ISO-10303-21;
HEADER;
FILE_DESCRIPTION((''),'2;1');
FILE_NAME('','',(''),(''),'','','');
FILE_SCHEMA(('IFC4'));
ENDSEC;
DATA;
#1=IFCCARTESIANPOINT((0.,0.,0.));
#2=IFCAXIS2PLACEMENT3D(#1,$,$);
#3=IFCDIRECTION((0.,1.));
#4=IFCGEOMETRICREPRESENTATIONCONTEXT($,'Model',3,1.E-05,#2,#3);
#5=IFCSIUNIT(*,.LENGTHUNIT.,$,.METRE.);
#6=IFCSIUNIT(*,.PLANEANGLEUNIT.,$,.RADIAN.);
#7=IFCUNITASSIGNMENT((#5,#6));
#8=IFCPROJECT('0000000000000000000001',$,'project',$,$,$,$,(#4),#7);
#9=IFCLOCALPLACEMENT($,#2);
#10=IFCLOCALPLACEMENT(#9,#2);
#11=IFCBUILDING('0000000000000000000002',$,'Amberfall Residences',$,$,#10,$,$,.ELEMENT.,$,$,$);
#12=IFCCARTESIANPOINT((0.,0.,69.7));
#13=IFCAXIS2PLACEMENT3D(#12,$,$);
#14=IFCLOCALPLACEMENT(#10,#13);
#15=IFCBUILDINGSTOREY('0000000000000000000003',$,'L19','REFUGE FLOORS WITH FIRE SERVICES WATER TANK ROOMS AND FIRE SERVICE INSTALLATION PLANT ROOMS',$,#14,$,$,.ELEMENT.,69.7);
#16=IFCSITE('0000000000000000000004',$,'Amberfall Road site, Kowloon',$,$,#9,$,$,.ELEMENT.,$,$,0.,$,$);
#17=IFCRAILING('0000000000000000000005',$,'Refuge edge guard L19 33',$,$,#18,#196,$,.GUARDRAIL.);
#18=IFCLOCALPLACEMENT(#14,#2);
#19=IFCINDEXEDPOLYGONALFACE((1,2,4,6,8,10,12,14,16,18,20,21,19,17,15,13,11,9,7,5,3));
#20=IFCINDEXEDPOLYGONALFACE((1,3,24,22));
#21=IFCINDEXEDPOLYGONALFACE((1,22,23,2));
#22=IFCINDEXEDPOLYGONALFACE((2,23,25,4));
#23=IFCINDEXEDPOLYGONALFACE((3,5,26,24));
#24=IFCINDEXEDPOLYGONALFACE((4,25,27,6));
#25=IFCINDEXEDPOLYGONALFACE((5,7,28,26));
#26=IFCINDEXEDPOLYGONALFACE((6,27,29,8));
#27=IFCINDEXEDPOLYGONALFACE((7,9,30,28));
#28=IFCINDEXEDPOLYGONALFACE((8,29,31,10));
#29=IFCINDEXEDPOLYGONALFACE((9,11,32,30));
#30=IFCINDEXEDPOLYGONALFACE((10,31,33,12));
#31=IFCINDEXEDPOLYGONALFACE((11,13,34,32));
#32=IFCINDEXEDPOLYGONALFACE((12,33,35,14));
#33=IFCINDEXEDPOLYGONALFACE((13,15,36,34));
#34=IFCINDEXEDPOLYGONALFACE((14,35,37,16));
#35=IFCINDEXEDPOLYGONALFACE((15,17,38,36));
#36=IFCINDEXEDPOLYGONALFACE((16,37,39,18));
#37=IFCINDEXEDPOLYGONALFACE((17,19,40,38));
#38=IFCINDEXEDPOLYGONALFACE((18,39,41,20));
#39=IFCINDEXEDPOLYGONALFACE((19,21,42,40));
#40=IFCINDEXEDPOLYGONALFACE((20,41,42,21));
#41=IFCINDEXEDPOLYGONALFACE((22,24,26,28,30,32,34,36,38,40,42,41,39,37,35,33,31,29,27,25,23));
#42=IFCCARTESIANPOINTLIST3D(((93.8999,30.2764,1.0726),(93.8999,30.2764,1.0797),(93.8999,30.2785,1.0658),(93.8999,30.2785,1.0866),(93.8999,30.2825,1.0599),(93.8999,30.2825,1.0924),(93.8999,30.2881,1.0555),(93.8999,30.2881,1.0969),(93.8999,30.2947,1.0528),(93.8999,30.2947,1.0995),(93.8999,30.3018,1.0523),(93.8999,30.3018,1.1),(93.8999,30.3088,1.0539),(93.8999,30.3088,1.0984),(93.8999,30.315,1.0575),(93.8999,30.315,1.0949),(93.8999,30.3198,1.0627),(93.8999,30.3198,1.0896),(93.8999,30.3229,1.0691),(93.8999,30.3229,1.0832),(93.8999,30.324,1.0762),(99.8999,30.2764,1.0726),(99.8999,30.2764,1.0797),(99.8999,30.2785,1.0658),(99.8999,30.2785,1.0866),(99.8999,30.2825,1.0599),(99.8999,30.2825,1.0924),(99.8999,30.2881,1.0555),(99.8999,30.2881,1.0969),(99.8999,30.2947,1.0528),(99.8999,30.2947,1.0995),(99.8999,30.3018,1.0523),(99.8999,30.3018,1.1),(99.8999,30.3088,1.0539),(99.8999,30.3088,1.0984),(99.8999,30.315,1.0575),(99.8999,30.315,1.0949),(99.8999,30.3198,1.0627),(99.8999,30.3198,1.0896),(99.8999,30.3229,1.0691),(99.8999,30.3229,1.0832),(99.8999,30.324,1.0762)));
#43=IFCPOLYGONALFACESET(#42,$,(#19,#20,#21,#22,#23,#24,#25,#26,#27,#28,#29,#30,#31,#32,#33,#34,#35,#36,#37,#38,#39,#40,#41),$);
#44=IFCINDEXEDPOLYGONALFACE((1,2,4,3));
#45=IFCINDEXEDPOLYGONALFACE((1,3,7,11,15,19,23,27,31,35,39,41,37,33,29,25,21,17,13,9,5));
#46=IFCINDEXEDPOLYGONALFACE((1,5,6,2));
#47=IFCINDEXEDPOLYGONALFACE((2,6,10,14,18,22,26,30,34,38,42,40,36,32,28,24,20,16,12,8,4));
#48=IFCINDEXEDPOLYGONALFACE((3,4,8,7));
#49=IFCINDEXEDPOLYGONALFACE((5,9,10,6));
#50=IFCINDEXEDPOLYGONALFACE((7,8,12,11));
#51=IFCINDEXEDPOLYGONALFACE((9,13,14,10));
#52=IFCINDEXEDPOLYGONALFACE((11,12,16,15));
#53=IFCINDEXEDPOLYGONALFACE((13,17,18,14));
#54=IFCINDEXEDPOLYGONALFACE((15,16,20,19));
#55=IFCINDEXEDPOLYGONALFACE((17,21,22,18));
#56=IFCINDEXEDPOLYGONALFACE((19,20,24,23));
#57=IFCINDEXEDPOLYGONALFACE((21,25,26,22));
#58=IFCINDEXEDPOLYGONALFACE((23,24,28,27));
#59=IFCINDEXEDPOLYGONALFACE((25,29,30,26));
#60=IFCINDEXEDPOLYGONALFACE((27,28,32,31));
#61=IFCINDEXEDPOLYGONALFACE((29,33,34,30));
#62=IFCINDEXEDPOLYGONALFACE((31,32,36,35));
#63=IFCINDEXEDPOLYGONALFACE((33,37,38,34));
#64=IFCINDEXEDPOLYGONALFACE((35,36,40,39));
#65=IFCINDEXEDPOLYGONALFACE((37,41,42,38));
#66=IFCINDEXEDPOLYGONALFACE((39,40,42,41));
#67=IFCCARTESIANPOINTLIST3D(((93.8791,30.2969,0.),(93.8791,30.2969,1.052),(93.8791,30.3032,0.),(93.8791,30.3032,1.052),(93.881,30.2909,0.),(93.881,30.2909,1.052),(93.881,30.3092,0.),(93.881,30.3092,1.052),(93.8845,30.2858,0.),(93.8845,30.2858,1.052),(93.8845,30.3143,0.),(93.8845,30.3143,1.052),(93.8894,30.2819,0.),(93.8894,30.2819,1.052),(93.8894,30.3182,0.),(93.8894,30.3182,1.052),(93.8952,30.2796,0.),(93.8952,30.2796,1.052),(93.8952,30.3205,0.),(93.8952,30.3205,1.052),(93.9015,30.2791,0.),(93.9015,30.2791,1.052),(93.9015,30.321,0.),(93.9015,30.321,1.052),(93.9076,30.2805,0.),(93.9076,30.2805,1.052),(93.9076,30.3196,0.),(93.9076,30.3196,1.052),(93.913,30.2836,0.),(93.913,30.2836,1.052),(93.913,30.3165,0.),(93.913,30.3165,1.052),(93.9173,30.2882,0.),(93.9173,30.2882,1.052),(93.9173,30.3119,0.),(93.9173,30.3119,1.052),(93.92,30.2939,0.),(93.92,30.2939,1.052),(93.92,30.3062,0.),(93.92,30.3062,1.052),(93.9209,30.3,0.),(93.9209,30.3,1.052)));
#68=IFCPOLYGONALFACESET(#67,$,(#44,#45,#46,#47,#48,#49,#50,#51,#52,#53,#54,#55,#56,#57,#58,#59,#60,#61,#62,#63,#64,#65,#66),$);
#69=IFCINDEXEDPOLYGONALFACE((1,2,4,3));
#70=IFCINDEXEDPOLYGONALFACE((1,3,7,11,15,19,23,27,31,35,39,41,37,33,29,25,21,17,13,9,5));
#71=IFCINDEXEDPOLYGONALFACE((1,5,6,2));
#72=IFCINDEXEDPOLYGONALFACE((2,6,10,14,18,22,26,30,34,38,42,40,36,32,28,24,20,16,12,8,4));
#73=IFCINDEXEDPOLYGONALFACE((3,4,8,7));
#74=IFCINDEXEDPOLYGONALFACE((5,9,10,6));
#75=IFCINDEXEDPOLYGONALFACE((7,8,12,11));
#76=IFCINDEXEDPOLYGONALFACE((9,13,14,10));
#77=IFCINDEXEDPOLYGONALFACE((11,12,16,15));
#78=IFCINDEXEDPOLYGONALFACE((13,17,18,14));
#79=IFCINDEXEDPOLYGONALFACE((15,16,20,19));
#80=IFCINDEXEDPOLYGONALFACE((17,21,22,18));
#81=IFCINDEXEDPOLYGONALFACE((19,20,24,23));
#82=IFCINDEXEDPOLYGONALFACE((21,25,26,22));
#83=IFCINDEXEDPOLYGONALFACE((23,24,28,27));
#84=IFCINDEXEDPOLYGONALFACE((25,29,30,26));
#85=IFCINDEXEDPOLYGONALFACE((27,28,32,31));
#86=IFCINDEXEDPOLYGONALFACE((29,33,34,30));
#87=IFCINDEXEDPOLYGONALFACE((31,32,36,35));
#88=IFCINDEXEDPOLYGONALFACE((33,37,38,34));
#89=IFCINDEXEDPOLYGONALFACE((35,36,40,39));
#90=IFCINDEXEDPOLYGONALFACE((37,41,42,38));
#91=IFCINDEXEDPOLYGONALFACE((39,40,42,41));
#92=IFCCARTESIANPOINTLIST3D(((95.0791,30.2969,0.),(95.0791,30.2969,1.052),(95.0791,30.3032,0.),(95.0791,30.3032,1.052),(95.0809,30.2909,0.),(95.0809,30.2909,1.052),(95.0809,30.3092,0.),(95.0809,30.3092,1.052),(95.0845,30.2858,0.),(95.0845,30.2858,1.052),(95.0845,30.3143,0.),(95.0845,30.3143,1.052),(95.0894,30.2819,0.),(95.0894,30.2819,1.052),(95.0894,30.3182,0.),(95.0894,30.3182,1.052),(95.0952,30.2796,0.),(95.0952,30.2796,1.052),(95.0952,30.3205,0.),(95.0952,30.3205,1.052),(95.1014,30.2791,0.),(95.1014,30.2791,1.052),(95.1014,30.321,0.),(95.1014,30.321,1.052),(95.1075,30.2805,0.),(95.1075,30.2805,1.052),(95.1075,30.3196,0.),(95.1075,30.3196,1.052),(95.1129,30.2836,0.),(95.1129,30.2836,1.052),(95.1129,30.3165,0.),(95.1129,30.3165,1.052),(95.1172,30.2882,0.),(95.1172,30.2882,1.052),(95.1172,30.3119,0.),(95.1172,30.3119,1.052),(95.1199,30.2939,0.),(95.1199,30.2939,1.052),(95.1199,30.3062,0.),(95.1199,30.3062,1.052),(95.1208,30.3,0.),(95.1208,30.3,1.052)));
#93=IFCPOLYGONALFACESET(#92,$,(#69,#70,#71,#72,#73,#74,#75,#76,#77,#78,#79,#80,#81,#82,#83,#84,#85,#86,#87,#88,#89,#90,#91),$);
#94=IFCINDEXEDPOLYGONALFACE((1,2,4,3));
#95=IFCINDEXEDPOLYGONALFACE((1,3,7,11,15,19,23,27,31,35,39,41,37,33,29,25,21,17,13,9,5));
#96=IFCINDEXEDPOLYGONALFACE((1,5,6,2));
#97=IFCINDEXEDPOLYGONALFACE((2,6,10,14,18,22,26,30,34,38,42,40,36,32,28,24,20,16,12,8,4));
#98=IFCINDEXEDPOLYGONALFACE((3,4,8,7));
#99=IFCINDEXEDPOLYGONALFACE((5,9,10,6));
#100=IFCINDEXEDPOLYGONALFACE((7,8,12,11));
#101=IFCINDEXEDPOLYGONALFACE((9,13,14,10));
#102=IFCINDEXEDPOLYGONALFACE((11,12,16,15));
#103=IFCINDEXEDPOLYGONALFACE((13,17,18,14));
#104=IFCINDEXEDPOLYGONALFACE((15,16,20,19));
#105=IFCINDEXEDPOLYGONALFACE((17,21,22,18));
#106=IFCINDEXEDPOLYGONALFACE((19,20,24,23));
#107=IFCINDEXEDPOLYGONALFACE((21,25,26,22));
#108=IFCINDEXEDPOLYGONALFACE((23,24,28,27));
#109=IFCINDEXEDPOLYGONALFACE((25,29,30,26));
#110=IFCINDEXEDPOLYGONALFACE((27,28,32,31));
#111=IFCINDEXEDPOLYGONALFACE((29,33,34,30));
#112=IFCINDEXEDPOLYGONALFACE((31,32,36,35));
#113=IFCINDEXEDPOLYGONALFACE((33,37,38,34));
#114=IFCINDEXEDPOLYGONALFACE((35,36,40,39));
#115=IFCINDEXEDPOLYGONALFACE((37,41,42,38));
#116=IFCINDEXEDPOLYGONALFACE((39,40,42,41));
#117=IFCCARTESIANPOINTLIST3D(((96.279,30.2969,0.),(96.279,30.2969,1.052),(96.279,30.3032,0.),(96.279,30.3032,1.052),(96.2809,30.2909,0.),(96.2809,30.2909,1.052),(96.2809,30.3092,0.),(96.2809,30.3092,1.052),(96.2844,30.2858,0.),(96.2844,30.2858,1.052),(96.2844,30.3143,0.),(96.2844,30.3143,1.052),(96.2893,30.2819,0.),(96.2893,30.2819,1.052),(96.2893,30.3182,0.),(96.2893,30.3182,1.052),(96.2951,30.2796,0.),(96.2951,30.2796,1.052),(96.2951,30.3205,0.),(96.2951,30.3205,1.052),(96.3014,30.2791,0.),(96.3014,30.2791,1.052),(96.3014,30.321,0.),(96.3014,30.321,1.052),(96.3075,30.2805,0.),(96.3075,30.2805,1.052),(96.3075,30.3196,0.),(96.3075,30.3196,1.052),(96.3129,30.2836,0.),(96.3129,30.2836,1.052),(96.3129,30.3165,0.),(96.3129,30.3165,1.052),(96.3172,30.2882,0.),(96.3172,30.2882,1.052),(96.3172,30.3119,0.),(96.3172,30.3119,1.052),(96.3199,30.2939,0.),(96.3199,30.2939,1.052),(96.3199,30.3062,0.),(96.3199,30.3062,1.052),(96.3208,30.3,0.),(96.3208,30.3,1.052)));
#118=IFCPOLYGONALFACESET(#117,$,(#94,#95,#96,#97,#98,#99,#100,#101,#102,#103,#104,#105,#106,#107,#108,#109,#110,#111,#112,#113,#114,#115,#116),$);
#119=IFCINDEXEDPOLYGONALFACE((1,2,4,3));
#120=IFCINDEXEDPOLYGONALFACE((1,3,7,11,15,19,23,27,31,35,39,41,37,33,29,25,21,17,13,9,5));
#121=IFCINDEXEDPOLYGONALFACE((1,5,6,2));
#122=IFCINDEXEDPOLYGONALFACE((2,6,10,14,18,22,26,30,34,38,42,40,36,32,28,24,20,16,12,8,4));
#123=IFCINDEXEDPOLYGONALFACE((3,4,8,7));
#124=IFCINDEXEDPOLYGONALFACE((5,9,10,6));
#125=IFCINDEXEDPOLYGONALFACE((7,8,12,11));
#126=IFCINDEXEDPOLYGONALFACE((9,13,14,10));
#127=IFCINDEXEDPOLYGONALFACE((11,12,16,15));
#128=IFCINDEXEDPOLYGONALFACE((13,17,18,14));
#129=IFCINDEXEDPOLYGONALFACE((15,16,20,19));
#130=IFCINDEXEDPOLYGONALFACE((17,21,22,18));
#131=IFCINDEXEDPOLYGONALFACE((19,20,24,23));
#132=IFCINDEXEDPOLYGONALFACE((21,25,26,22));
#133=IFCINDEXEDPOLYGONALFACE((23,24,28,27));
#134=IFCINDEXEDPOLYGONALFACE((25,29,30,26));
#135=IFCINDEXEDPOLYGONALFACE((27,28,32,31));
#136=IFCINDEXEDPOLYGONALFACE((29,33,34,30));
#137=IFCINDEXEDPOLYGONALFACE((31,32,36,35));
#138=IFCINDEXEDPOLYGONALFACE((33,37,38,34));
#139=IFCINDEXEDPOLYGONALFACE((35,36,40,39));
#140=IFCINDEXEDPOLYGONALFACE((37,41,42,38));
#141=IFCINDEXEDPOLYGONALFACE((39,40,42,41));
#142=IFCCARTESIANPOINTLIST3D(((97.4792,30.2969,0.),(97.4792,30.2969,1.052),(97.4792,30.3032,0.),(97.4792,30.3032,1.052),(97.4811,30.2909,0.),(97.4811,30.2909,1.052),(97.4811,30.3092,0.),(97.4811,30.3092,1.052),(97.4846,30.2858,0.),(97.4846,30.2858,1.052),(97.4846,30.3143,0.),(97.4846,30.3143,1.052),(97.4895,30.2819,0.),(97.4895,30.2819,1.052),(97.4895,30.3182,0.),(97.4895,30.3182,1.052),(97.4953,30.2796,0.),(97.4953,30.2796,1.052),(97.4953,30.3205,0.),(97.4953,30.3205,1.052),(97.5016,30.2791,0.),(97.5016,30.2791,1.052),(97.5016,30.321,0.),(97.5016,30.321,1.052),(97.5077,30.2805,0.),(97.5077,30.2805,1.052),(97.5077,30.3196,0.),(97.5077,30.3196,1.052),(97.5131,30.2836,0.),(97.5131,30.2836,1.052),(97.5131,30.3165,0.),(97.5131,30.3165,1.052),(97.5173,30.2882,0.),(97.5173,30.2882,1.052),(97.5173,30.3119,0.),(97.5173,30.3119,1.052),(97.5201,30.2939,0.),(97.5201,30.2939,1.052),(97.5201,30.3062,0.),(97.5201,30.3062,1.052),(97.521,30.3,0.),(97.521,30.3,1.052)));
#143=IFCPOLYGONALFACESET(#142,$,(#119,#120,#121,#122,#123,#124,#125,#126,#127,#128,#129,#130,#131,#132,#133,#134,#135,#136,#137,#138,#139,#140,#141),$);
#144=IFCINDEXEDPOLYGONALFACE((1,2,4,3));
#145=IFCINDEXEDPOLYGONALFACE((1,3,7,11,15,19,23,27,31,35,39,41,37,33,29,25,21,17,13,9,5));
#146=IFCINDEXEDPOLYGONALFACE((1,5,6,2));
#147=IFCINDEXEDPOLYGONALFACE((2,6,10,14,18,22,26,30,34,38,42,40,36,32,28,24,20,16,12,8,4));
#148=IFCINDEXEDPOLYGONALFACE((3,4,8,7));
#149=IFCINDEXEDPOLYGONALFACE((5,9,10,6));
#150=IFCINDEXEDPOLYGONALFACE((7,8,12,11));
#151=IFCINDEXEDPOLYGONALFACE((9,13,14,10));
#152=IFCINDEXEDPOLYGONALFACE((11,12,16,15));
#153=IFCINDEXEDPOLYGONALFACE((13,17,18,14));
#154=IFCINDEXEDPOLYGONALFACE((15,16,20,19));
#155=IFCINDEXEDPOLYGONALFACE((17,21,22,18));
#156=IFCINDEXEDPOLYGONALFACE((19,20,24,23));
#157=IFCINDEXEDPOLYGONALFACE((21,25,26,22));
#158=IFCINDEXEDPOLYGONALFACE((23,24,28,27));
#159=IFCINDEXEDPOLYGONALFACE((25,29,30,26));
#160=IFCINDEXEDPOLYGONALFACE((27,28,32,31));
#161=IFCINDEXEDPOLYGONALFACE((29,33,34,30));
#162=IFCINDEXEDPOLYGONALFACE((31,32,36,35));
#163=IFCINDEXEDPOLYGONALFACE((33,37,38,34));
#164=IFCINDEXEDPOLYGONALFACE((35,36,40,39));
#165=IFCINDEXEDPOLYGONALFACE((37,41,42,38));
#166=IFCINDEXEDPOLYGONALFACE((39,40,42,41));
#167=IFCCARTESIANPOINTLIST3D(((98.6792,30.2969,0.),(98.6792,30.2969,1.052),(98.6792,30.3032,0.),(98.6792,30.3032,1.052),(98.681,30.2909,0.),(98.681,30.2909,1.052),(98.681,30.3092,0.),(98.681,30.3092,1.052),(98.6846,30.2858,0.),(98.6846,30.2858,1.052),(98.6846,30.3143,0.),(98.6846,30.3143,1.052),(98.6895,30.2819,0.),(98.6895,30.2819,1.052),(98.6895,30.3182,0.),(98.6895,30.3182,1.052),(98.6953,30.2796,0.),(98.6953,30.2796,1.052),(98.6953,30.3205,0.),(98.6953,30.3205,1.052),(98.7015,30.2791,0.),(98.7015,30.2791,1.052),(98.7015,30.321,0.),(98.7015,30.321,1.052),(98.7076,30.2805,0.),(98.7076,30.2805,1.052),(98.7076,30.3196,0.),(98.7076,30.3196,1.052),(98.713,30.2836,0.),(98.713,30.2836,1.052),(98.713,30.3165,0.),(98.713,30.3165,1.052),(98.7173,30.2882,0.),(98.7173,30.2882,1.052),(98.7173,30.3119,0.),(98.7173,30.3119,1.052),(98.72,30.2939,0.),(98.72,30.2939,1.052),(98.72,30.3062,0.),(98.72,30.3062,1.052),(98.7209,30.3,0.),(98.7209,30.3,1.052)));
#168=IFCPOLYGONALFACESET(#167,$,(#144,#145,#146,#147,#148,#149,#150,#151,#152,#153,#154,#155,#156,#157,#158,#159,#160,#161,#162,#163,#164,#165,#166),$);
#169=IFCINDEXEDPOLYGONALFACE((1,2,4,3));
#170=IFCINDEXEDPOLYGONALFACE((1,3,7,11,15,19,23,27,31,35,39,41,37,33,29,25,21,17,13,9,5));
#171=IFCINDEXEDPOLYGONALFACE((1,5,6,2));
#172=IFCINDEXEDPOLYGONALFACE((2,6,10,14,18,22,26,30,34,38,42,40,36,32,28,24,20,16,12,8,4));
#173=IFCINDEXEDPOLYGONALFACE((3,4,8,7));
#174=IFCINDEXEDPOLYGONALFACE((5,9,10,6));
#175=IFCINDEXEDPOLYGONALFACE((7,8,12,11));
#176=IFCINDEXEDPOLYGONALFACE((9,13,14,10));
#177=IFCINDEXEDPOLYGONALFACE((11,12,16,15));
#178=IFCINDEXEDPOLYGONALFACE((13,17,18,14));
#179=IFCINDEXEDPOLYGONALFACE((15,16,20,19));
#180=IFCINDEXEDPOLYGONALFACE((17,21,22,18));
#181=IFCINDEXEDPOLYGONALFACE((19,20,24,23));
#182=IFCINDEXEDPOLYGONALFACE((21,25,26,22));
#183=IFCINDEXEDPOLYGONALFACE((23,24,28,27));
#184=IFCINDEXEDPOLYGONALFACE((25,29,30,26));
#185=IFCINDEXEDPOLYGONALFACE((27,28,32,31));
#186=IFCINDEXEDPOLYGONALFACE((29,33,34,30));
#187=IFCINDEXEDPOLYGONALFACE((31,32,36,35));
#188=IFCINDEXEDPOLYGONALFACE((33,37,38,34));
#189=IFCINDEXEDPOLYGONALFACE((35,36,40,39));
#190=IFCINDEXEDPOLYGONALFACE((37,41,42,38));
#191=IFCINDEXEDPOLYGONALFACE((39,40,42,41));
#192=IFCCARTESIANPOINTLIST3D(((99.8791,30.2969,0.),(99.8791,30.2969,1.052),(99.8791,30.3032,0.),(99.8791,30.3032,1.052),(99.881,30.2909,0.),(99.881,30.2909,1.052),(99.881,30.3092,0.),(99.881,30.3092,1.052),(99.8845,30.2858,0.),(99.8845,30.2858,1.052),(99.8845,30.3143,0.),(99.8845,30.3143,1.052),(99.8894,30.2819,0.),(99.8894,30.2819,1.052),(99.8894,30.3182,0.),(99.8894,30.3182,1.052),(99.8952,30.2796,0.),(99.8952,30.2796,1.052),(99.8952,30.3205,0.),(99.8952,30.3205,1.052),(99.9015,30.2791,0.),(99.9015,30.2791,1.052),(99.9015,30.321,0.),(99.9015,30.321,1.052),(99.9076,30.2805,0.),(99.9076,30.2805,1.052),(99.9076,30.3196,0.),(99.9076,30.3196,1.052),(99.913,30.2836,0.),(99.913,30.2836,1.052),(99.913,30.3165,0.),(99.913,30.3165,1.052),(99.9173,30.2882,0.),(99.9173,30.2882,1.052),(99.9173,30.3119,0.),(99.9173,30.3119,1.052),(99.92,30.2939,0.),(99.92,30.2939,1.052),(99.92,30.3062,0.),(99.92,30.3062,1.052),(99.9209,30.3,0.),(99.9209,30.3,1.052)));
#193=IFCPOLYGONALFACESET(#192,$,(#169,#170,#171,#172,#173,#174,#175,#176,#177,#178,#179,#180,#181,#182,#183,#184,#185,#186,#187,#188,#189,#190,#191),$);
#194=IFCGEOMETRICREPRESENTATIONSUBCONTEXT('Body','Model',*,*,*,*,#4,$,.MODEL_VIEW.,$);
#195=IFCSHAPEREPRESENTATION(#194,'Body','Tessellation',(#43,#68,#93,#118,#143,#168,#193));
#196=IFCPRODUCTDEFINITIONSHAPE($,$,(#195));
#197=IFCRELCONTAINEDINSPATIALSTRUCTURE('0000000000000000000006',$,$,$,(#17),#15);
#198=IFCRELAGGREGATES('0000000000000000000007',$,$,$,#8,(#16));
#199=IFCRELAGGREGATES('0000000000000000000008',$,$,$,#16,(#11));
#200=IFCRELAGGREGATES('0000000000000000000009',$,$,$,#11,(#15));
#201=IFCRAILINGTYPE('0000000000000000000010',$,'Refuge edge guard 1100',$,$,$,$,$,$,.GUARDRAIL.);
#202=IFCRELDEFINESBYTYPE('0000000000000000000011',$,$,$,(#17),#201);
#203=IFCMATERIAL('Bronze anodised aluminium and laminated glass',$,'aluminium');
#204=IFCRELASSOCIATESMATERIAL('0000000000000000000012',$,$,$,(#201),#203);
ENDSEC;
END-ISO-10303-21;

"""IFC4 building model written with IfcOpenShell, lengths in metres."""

from ifc_helpers import new_model, si_unit, direction, frame, origin, origin_2d, place, context, subcontext, project, spatial, circle, extrude, material, type_object, element, save


model = new_model("IFC4")

# Units and contexts
model_context = context("Model", 3, precision=1e-05, world=origin(), true_north=direction((0.0, 1.0)))
body_context = subcontext(model_context, "Body", "Model", "MODEL_VIEW")
ifc_project = project(units=[si_unit("LENGTHUNIT", "METRE"), si_unit("PLANEANGLEUNIT", "RADIAN")], contexts=[model_context])

# Site, building, storey
site_placement = place(None, origin())
site = spatial("IfcSite", under=ifc_project, at=site_placement, Name="Amberfall Road site, Kowloon", CompositionType="ELEMENT", RefElevation=0.0)
building_placement = place(site_placement, origin())
building = spatial("IfcBuilding", under=site, at=building_placement, Name="Amberfall Residences", CompositionType="ELEMENT")
storey_placement = place(building_placement, frame((0.0, 0.0, 69.7)))
storey = spatial("IfcBuildingStorey", under=building, at=storey_placement, Name="L19", Description="REFUGE FLOORS WITH FIRE SERVICES WATER TANK ROOMS AND FIRE SERVICE INSTALLATION PLANT ROOMS", CompositionType="ELEMENT", Elevation=69.7)

# Railing
ifc_material_1 = material(Name="Bronze anodised aluminium and laminated glass", Category="aluminium")
railing_type = type_object("IfcRailingType", Name="Refuge edge guard 1100", PredefinedType="GUARDRAIL", material=ifc_material_1)
railing_1_placement = place(storey_placement, frame((93.8999, 30.3, 0.0)))
element("IfcRailing", 1, at=railing_1_placement, inside=storey, type_object=railing_type, Name="Refuge edge guard L19 33", PredefinedType="GUARDRAIL", context=body_context, shape_type="SweptSolid", body=[
    extrude(circle(Radius=0.0239, at=origin_2d()), frame((0.0, 0.0, 1.0762), z_axis=(1.0, 0.0, 0.0), x_axis=(0.0, 1.0, 0.0)), (0.0, 0.0, 1.0), 6.0),
    extrude(circle(Radius=0.021, at=origin_2d()), origin(), (0.0, 0.0, 1.0), 1.052),
    extrude(circle(Radius=0.021, at=origin_2d()), frame((1.2, 0.0, 0.0)), (0.0, 0.0, 1.0), 1.052),
    extrude(circle(Radius=0.021, at=origin_2d()), frame((2.3999, 0.0, 0.0)), (0.0, 0.0, 1.0), 1.052),
    extrude(circle(Radius=0.021, at=origin_2d()), frame((3.6001, 0.0, 0.0)), (0.0, 0.0, 1.0), 1.052),
    extrude(circle(Radius=0.021, at=origin_2d()), frame((4.8, 0.0, 0.0)), (0.0, 0.0, 1.0), 1.052),
    extrude(circle(Radius=0.021, at=origin_2d()), frame((6.0, 0.0, 0.0)), (0.0, 0.0, 1.0), 1.052),
])

save(model, "model.ifc")
